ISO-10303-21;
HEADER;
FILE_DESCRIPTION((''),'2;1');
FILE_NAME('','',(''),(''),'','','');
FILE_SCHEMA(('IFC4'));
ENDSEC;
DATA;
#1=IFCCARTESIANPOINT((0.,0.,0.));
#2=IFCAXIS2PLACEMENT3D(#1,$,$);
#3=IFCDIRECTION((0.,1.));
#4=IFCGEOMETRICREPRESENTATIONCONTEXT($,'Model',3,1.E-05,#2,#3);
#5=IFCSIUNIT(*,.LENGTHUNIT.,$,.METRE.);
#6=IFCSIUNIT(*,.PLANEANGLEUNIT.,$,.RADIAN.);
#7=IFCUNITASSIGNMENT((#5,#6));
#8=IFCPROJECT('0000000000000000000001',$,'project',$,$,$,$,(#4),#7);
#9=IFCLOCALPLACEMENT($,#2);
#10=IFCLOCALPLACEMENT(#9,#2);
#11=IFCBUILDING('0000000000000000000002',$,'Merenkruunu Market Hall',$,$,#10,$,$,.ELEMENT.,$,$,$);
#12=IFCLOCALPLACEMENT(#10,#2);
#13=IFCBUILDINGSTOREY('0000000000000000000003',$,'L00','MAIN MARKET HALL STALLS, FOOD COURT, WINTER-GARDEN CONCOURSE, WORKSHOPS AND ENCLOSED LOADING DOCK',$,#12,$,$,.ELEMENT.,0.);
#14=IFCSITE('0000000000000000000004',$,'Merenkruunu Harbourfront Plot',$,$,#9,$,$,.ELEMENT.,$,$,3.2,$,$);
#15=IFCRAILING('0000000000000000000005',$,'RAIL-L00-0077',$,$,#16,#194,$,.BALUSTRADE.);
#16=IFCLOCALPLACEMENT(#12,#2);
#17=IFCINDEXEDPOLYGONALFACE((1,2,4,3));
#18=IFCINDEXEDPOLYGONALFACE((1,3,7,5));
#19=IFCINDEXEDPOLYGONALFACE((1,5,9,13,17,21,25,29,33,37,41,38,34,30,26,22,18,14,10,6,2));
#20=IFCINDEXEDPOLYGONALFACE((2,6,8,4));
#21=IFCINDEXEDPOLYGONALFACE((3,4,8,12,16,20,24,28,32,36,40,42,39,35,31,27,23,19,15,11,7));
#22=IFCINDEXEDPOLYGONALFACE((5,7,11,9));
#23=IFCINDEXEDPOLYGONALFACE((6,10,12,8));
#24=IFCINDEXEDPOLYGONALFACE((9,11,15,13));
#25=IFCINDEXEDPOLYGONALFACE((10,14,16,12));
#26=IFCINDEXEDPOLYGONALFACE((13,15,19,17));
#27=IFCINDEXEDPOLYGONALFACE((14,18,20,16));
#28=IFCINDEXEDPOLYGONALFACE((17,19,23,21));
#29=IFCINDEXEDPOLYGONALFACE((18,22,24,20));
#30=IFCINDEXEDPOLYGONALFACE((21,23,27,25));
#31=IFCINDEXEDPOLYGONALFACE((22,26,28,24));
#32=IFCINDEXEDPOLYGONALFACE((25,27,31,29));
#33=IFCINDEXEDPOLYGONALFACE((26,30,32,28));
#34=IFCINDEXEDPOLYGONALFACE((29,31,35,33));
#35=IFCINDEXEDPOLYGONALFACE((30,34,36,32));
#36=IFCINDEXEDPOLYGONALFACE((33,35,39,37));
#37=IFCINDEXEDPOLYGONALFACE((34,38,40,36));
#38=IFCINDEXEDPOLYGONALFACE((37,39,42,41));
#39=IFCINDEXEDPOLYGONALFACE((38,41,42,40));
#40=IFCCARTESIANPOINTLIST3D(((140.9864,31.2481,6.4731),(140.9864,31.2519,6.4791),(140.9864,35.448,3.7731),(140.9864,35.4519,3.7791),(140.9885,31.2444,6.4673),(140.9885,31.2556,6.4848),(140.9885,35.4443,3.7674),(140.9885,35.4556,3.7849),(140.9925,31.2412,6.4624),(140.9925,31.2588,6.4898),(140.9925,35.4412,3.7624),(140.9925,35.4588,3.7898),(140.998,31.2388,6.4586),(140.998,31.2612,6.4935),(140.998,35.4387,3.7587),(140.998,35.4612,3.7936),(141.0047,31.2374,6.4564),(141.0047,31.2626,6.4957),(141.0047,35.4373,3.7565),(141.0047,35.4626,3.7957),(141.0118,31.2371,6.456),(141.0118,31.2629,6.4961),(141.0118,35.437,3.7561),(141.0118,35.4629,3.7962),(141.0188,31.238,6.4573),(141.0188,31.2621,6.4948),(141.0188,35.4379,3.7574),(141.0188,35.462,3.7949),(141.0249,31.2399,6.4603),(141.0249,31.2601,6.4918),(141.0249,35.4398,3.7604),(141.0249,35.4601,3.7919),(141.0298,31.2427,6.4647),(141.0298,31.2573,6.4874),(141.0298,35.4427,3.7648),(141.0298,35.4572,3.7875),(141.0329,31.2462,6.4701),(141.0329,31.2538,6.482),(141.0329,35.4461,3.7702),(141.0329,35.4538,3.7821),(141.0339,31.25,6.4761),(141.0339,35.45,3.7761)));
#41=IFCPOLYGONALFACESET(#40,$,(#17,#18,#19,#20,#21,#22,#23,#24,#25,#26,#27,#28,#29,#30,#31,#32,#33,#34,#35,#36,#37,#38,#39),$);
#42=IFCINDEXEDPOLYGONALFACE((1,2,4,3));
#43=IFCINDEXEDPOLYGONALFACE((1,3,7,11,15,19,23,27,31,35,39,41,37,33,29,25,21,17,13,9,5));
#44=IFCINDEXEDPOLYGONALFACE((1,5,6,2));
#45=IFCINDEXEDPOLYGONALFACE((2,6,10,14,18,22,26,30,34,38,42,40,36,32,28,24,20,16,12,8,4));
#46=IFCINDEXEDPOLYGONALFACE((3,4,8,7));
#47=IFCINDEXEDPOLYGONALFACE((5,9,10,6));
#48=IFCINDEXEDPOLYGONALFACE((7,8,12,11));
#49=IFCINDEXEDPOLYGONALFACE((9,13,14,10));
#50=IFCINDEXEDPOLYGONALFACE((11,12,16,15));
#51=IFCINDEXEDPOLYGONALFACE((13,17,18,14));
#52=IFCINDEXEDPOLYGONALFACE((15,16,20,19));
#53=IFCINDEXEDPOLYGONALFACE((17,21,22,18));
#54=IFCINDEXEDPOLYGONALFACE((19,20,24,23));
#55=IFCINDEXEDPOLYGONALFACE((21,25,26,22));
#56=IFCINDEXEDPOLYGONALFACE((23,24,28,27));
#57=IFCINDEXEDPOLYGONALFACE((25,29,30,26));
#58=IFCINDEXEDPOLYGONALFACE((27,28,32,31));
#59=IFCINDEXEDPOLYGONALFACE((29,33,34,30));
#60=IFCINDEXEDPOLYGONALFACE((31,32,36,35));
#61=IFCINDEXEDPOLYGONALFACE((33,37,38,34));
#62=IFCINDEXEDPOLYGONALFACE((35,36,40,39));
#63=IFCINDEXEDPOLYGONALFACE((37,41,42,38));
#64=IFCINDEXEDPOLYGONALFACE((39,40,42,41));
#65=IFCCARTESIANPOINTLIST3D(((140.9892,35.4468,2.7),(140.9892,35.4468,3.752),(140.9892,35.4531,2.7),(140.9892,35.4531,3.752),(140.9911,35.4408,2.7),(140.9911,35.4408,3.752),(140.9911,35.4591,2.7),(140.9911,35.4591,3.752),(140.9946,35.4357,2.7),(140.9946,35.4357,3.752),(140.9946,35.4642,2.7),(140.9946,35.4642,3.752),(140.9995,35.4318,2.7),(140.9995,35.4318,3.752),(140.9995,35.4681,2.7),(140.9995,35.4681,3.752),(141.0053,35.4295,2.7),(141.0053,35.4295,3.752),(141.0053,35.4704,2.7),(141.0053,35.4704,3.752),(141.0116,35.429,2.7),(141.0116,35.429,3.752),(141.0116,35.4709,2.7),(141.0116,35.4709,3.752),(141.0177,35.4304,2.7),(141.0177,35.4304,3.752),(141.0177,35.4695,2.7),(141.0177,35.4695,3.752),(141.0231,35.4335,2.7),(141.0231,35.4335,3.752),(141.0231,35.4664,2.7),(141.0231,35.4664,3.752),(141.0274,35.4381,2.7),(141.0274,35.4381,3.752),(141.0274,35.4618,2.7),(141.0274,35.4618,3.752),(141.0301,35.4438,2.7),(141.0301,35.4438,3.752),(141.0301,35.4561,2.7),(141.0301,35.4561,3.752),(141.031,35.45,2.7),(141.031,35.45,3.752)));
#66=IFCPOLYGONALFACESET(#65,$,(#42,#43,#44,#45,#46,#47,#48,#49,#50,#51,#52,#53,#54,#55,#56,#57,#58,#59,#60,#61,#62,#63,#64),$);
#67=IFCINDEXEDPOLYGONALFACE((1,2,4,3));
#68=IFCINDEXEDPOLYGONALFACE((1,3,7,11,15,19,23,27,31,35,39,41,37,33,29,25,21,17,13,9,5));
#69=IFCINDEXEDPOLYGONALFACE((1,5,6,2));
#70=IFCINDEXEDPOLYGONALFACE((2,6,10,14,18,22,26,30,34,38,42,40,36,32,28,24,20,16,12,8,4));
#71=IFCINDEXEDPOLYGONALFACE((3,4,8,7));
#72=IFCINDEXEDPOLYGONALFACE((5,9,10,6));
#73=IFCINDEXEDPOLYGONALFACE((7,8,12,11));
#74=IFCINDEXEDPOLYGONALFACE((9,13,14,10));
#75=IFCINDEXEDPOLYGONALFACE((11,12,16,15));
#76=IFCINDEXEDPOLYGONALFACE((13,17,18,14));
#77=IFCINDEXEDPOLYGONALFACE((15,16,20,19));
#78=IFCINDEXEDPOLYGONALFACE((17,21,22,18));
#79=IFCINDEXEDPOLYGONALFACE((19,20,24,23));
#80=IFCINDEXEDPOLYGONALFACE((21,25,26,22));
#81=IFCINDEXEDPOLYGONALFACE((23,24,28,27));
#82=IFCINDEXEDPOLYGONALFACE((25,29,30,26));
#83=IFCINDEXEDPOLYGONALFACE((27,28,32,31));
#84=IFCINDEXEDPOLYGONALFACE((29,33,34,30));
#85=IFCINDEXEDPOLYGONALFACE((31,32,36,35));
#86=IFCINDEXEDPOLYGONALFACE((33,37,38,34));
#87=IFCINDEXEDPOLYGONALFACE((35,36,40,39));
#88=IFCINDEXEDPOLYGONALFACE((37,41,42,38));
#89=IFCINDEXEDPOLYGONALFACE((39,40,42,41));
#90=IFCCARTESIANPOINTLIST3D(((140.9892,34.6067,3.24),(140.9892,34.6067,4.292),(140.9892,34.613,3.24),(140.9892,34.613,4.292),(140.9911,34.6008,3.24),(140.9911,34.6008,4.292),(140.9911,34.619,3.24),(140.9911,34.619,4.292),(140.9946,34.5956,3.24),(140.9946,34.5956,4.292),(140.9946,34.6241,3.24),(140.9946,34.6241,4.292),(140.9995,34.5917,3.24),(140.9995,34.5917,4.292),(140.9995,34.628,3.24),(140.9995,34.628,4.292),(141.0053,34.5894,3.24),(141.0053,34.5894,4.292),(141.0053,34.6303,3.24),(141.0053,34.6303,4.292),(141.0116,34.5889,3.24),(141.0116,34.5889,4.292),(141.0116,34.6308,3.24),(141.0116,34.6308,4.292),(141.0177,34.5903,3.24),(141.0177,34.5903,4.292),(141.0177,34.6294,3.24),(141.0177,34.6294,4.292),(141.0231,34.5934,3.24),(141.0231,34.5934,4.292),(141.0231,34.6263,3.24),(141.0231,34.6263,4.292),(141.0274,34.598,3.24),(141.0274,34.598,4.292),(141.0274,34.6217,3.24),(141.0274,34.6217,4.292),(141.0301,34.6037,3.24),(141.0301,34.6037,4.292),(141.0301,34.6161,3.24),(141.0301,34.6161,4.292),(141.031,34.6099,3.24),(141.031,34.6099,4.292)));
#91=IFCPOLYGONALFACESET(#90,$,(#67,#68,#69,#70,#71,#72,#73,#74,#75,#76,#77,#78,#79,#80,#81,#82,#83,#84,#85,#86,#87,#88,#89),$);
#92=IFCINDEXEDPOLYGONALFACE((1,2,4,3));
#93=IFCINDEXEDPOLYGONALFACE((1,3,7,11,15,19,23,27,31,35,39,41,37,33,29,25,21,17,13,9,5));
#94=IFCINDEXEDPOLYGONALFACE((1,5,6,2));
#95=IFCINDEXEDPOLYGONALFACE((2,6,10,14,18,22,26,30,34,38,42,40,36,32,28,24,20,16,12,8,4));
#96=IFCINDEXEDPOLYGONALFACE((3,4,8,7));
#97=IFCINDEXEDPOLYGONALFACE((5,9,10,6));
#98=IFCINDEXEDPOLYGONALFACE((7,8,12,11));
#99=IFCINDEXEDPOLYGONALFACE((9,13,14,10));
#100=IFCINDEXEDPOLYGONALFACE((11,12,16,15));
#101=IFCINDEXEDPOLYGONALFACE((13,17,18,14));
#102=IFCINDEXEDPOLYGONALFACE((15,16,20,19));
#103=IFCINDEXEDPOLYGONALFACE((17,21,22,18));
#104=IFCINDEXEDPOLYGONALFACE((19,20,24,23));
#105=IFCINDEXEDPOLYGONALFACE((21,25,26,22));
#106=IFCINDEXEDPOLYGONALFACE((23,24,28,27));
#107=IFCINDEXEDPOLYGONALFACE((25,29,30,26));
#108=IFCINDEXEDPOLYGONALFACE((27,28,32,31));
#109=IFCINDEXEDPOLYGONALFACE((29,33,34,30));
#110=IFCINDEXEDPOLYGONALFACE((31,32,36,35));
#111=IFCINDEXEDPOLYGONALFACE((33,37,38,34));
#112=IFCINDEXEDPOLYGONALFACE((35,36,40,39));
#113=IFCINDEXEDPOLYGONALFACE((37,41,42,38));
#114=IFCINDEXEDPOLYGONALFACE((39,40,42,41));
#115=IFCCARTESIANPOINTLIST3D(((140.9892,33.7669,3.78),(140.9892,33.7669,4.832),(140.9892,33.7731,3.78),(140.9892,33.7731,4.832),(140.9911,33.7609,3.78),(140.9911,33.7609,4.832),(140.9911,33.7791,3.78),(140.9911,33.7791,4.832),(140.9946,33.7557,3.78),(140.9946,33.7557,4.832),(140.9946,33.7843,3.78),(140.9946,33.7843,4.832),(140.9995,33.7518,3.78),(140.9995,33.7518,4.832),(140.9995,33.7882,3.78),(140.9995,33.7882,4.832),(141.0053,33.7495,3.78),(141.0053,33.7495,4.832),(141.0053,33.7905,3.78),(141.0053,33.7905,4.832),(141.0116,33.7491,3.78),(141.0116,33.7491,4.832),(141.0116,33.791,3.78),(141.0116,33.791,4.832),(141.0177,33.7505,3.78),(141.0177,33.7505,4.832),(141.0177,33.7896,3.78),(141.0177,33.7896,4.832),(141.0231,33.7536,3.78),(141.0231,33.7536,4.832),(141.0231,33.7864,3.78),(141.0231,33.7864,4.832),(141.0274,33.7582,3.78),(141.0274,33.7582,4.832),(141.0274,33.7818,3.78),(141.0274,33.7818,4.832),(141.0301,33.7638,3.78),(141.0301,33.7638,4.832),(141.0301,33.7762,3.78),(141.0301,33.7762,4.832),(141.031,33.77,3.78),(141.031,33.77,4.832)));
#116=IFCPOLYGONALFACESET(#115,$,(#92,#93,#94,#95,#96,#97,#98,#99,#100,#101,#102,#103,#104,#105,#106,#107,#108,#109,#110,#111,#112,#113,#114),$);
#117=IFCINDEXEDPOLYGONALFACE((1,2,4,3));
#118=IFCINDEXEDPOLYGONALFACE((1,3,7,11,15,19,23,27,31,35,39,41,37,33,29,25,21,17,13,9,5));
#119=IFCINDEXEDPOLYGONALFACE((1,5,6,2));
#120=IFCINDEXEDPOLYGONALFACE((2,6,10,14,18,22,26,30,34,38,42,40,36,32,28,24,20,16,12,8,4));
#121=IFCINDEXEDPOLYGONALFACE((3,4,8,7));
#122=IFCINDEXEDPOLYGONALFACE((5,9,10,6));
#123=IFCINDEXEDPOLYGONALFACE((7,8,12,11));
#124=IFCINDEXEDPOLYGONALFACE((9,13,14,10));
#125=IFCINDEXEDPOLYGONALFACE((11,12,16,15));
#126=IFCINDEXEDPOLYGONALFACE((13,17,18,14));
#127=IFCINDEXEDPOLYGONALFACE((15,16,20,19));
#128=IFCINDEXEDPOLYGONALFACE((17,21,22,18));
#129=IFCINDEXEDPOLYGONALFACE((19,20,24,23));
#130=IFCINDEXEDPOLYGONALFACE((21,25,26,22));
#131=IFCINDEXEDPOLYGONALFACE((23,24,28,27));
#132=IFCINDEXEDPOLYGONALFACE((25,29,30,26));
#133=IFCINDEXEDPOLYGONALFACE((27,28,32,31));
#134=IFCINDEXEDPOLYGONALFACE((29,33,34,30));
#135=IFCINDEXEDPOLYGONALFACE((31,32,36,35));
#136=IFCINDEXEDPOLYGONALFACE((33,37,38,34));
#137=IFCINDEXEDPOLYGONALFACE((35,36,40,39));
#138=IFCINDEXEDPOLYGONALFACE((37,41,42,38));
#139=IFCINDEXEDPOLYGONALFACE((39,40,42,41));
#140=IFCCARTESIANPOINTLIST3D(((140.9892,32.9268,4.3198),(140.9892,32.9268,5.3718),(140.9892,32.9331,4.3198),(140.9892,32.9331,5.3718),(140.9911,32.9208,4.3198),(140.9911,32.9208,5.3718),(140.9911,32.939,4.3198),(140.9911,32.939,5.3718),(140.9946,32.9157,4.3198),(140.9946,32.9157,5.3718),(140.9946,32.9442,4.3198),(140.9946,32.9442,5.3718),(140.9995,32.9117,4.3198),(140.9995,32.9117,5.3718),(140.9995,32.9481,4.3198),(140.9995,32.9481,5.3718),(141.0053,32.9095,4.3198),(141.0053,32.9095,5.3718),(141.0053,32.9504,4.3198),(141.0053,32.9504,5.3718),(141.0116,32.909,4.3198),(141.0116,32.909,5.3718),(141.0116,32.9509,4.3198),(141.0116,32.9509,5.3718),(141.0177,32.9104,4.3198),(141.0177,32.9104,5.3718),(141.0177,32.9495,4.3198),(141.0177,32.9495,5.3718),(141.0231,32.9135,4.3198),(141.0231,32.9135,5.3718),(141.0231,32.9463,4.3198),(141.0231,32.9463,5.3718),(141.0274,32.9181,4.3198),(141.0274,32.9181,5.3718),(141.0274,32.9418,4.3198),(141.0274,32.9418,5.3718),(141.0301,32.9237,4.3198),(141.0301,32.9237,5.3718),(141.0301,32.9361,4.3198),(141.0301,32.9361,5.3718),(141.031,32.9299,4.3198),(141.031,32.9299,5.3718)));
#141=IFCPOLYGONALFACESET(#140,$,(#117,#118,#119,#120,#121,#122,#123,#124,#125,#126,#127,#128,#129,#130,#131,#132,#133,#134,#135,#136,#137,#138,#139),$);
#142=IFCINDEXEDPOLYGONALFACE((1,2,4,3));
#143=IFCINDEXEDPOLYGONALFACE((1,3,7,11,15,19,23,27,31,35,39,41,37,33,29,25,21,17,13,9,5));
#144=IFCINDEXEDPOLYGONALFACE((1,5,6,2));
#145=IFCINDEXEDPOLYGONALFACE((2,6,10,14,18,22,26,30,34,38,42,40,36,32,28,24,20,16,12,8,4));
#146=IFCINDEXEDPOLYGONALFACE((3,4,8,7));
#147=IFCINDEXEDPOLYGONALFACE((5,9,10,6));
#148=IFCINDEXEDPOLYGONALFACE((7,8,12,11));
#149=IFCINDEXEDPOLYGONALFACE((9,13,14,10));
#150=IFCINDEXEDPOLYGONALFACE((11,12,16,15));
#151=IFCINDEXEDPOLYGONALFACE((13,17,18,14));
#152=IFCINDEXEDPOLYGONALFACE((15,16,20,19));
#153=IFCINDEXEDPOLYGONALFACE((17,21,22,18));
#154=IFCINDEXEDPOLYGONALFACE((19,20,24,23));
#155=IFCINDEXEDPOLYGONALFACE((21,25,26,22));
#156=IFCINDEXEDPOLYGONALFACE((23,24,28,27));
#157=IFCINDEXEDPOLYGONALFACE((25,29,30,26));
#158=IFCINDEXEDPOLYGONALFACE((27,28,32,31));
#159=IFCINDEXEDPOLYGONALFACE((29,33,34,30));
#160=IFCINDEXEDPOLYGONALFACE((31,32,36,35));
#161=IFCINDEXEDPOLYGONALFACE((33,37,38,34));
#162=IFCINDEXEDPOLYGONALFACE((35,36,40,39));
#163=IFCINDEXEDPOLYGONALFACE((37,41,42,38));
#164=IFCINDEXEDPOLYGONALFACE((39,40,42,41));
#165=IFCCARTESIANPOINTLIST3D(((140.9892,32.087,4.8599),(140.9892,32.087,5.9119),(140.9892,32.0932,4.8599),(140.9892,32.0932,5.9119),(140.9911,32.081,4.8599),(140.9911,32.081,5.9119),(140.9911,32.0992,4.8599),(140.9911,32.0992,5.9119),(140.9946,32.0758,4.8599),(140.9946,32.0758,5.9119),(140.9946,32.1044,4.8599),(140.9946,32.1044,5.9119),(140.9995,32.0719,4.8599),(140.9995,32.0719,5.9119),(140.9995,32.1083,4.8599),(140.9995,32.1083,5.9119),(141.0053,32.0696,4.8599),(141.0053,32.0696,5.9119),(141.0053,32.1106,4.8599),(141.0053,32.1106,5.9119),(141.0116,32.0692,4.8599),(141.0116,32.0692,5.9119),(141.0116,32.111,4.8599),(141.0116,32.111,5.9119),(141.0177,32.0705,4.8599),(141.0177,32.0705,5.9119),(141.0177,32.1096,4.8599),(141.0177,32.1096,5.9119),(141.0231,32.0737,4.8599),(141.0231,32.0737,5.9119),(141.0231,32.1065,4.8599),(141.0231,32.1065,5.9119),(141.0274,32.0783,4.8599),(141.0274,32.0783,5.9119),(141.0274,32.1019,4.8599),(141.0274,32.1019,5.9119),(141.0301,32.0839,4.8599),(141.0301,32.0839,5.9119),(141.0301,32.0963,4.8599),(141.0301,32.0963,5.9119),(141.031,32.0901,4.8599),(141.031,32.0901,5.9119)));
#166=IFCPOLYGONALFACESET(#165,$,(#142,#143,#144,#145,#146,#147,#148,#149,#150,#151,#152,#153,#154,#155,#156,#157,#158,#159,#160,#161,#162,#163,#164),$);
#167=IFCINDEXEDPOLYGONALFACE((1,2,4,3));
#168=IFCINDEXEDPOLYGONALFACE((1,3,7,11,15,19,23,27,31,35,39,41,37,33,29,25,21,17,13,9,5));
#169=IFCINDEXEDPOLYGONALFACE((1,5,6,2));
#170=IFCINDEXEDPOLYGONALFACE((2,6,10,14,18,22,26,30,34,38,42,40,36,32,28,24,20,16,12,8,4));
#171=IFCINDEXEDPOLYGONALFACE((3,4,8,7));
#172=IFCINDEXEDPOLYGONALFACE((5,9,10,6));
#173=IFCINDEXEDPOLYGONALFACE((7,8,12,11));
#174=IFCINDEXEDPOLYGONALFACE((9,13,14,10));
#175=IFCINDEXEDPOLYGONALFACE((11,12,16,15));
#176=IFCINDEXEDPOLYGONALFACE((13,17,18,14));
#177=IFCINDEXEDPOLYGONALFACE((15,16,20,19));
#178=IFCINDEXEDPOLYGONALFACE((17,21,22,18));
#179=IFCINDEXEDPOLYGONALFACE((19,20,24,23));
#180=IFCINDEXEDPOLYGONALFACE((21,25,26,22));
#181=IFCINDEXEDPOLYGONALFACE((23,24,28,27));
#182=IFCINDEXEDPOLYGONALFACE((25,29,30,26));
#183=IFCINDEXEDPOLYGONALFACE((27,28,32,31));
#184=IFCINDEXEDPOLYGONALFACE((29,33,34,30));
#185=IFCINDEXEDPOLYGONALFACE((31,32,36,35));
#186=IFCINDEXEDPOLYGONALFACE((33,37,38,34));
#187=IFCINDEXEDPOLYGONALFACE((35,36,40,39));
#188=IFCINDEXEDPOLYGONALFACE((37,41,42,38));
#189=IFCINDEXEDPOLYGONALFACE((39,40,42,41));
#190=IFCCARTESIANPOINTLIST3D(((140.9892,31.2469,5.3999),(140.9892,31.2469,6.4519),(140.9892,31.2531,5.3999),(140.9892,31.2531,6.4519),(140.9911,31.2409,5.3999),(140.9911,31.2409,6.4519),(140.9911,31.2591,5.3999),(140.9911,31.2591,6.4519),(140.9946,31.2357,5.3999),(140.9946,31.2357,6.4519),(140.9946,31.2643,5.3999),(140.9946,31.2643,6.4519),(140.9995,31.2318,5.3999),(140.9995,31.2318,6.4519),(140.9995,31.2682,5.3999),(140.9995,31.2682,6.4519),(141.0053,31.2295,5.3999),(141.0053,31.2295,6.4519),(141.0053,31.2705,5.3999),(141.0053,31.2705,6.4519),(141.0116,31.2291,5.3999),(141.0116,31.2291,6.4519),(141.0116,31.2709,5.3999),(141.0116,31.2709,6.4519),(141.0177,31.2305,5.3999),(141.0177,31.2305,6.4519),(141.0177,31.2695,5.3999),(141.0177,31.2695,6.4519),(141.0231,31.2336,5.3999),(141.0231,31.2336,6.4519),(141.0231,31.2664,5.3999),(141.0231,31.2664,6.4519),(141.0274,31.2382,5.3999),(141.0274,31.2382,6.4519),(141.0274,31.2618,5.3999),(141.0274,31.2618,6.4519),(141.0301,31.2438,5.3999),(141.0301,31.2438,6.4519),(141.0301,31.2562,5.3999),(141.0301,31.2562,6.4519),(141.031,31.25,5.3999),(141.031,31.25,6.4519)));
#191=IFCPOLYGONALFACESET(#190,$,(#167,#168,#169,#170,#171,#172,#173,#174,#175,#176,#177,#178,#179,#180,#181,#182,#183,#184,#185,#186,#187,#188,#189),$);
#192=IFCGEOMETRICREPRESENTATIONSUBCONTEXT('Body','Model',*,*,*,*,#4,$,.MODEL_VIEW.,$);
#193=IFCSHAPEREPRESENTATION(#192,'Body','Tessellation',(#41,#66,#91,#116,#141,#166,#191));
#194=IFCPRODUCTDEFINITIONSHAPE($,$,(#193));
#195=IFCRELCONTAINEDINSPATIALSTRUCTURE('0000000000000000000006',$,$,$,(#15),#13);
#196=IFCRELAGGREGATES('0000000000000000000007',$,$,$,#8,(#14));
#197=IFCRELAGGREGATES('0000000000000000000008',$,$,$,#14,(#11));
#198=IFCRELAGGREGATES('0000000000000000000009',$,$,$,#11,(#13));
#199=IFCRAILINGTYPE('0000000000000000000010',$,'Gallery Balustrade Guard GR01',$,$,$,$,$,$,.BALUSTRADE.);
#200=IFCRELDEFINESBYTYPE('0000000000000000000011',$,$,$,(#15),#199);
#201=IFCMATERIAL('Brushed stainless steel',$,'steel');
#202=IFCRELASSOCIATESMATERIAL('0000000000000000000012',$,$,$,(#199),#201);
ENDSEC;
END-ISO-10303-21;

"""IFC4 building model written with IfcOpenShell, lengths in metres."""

from ifc_helpers import new_model, si_unit, direction, frame, origin, origin_2d, place, context, subcontext, project, spatial, circle, extrude, material, type_object, element, save


model = new_model("IFC4")

# Units and contexts
model_context = context("Model", 3, precision=1e-05, world=origin(), true_north=direction((0.0, 1.0)))
body_context = subcontext(model_context, "Body", "Model", "MODEL_VIEW")
ifc_project = project(units=[si_unit("LENGTHUNIT", "METRE"), si_unit("PLANEANGLEUNIT", "RADIAN")], contexts=[model_context])

# Site, building, storey
site_placement = place(None, origin())
site = spatial("IfcSite", under=ifc_project, at=site_placement, Name="Merenkruunu Harbourfront Plot", CompositionType="ELEMENT", RefElevation=3.2)
building_placement = place(site_placement, origin())
building = spatial("IfcBuilding", under=site, at=building_placement, Name="Merenkruunu Market Hall", CompositionType="ELEMENT")
storey_placement = place(building_placement, origin())
storey = spatial("IfcBuildingStorey", under=building, at=storey_placement, Name="L00", Description="MAIN MARKET HALL STALLS, FOOD COURT, WINTER-GARDEN CONCOURSE, WORKSHOPS AND ENCLOSED LOADING DOCK", CompositionType="ELEMENT", Elevation=0.0)

# Railing
ifc_material_1 = material(Name="Brushed stainless steel", Category="steel")
railing_type_1 = type_object("IfcRailingType", Name="Gallery Balustrade Guard GR01", PredefinedType="BALUSTRADE", material=ifc_material_1)
railing_1_placement = place(storey_placement, frame((141.01, 35.45, 2.7)))
element("IfcRailing", 1, at=railing_1_placement, inside=storey, type_object=railing_type_1, Name="RAIL-L00-0077", PredefinedType="BALUSTRADE", context=body_context, shape_type="SweptSolid", body=[
    extrude(circle(Radius=0.0239, at=origin_2d()), frame((0.0, 0.0, 1.0762), z_axis=(0.0, -0.84118, 0.540755), x_axis=(1.0, 0.0, 0.0)), (0.0, 0.0, 1.0), 4.9929),
    extrude(circle(Radius=0.021, at=origin_2d()), origin(), (0.0, 0.0, 1.0), 1.052),
    extrude(circle(Radius=0.021, at=origin_2d()), frame((0.0, -0.8401, 0.54)), (0.0, 0.0, 1.0), 1.052),
    extrude(circle(Radius=0.021, at=origin_2d()), frame((0.0, -1.6799, 1.0801)), (0.0, 0.0, 1.0), 1.052),
    extrude(circle(Radius=0.021, at=origin_2d()), frame((0.0, -2.52, 1.6199)), (0.0, 0.0, 1.0), 1.052),
    extrude(circle(Radius=0.021, at=origin_2d()), frame((0.0, -3.3599, 2.1599)), (0.0, 0.0, 1.0), 1.052),
    extrude(circle(Radius=0.021, at=origin_2d()), frame((0.0, -4.2, 2.7)), (0.0, 0.0, 1.0), 1.052),
])

save(model, "model.ifc")
